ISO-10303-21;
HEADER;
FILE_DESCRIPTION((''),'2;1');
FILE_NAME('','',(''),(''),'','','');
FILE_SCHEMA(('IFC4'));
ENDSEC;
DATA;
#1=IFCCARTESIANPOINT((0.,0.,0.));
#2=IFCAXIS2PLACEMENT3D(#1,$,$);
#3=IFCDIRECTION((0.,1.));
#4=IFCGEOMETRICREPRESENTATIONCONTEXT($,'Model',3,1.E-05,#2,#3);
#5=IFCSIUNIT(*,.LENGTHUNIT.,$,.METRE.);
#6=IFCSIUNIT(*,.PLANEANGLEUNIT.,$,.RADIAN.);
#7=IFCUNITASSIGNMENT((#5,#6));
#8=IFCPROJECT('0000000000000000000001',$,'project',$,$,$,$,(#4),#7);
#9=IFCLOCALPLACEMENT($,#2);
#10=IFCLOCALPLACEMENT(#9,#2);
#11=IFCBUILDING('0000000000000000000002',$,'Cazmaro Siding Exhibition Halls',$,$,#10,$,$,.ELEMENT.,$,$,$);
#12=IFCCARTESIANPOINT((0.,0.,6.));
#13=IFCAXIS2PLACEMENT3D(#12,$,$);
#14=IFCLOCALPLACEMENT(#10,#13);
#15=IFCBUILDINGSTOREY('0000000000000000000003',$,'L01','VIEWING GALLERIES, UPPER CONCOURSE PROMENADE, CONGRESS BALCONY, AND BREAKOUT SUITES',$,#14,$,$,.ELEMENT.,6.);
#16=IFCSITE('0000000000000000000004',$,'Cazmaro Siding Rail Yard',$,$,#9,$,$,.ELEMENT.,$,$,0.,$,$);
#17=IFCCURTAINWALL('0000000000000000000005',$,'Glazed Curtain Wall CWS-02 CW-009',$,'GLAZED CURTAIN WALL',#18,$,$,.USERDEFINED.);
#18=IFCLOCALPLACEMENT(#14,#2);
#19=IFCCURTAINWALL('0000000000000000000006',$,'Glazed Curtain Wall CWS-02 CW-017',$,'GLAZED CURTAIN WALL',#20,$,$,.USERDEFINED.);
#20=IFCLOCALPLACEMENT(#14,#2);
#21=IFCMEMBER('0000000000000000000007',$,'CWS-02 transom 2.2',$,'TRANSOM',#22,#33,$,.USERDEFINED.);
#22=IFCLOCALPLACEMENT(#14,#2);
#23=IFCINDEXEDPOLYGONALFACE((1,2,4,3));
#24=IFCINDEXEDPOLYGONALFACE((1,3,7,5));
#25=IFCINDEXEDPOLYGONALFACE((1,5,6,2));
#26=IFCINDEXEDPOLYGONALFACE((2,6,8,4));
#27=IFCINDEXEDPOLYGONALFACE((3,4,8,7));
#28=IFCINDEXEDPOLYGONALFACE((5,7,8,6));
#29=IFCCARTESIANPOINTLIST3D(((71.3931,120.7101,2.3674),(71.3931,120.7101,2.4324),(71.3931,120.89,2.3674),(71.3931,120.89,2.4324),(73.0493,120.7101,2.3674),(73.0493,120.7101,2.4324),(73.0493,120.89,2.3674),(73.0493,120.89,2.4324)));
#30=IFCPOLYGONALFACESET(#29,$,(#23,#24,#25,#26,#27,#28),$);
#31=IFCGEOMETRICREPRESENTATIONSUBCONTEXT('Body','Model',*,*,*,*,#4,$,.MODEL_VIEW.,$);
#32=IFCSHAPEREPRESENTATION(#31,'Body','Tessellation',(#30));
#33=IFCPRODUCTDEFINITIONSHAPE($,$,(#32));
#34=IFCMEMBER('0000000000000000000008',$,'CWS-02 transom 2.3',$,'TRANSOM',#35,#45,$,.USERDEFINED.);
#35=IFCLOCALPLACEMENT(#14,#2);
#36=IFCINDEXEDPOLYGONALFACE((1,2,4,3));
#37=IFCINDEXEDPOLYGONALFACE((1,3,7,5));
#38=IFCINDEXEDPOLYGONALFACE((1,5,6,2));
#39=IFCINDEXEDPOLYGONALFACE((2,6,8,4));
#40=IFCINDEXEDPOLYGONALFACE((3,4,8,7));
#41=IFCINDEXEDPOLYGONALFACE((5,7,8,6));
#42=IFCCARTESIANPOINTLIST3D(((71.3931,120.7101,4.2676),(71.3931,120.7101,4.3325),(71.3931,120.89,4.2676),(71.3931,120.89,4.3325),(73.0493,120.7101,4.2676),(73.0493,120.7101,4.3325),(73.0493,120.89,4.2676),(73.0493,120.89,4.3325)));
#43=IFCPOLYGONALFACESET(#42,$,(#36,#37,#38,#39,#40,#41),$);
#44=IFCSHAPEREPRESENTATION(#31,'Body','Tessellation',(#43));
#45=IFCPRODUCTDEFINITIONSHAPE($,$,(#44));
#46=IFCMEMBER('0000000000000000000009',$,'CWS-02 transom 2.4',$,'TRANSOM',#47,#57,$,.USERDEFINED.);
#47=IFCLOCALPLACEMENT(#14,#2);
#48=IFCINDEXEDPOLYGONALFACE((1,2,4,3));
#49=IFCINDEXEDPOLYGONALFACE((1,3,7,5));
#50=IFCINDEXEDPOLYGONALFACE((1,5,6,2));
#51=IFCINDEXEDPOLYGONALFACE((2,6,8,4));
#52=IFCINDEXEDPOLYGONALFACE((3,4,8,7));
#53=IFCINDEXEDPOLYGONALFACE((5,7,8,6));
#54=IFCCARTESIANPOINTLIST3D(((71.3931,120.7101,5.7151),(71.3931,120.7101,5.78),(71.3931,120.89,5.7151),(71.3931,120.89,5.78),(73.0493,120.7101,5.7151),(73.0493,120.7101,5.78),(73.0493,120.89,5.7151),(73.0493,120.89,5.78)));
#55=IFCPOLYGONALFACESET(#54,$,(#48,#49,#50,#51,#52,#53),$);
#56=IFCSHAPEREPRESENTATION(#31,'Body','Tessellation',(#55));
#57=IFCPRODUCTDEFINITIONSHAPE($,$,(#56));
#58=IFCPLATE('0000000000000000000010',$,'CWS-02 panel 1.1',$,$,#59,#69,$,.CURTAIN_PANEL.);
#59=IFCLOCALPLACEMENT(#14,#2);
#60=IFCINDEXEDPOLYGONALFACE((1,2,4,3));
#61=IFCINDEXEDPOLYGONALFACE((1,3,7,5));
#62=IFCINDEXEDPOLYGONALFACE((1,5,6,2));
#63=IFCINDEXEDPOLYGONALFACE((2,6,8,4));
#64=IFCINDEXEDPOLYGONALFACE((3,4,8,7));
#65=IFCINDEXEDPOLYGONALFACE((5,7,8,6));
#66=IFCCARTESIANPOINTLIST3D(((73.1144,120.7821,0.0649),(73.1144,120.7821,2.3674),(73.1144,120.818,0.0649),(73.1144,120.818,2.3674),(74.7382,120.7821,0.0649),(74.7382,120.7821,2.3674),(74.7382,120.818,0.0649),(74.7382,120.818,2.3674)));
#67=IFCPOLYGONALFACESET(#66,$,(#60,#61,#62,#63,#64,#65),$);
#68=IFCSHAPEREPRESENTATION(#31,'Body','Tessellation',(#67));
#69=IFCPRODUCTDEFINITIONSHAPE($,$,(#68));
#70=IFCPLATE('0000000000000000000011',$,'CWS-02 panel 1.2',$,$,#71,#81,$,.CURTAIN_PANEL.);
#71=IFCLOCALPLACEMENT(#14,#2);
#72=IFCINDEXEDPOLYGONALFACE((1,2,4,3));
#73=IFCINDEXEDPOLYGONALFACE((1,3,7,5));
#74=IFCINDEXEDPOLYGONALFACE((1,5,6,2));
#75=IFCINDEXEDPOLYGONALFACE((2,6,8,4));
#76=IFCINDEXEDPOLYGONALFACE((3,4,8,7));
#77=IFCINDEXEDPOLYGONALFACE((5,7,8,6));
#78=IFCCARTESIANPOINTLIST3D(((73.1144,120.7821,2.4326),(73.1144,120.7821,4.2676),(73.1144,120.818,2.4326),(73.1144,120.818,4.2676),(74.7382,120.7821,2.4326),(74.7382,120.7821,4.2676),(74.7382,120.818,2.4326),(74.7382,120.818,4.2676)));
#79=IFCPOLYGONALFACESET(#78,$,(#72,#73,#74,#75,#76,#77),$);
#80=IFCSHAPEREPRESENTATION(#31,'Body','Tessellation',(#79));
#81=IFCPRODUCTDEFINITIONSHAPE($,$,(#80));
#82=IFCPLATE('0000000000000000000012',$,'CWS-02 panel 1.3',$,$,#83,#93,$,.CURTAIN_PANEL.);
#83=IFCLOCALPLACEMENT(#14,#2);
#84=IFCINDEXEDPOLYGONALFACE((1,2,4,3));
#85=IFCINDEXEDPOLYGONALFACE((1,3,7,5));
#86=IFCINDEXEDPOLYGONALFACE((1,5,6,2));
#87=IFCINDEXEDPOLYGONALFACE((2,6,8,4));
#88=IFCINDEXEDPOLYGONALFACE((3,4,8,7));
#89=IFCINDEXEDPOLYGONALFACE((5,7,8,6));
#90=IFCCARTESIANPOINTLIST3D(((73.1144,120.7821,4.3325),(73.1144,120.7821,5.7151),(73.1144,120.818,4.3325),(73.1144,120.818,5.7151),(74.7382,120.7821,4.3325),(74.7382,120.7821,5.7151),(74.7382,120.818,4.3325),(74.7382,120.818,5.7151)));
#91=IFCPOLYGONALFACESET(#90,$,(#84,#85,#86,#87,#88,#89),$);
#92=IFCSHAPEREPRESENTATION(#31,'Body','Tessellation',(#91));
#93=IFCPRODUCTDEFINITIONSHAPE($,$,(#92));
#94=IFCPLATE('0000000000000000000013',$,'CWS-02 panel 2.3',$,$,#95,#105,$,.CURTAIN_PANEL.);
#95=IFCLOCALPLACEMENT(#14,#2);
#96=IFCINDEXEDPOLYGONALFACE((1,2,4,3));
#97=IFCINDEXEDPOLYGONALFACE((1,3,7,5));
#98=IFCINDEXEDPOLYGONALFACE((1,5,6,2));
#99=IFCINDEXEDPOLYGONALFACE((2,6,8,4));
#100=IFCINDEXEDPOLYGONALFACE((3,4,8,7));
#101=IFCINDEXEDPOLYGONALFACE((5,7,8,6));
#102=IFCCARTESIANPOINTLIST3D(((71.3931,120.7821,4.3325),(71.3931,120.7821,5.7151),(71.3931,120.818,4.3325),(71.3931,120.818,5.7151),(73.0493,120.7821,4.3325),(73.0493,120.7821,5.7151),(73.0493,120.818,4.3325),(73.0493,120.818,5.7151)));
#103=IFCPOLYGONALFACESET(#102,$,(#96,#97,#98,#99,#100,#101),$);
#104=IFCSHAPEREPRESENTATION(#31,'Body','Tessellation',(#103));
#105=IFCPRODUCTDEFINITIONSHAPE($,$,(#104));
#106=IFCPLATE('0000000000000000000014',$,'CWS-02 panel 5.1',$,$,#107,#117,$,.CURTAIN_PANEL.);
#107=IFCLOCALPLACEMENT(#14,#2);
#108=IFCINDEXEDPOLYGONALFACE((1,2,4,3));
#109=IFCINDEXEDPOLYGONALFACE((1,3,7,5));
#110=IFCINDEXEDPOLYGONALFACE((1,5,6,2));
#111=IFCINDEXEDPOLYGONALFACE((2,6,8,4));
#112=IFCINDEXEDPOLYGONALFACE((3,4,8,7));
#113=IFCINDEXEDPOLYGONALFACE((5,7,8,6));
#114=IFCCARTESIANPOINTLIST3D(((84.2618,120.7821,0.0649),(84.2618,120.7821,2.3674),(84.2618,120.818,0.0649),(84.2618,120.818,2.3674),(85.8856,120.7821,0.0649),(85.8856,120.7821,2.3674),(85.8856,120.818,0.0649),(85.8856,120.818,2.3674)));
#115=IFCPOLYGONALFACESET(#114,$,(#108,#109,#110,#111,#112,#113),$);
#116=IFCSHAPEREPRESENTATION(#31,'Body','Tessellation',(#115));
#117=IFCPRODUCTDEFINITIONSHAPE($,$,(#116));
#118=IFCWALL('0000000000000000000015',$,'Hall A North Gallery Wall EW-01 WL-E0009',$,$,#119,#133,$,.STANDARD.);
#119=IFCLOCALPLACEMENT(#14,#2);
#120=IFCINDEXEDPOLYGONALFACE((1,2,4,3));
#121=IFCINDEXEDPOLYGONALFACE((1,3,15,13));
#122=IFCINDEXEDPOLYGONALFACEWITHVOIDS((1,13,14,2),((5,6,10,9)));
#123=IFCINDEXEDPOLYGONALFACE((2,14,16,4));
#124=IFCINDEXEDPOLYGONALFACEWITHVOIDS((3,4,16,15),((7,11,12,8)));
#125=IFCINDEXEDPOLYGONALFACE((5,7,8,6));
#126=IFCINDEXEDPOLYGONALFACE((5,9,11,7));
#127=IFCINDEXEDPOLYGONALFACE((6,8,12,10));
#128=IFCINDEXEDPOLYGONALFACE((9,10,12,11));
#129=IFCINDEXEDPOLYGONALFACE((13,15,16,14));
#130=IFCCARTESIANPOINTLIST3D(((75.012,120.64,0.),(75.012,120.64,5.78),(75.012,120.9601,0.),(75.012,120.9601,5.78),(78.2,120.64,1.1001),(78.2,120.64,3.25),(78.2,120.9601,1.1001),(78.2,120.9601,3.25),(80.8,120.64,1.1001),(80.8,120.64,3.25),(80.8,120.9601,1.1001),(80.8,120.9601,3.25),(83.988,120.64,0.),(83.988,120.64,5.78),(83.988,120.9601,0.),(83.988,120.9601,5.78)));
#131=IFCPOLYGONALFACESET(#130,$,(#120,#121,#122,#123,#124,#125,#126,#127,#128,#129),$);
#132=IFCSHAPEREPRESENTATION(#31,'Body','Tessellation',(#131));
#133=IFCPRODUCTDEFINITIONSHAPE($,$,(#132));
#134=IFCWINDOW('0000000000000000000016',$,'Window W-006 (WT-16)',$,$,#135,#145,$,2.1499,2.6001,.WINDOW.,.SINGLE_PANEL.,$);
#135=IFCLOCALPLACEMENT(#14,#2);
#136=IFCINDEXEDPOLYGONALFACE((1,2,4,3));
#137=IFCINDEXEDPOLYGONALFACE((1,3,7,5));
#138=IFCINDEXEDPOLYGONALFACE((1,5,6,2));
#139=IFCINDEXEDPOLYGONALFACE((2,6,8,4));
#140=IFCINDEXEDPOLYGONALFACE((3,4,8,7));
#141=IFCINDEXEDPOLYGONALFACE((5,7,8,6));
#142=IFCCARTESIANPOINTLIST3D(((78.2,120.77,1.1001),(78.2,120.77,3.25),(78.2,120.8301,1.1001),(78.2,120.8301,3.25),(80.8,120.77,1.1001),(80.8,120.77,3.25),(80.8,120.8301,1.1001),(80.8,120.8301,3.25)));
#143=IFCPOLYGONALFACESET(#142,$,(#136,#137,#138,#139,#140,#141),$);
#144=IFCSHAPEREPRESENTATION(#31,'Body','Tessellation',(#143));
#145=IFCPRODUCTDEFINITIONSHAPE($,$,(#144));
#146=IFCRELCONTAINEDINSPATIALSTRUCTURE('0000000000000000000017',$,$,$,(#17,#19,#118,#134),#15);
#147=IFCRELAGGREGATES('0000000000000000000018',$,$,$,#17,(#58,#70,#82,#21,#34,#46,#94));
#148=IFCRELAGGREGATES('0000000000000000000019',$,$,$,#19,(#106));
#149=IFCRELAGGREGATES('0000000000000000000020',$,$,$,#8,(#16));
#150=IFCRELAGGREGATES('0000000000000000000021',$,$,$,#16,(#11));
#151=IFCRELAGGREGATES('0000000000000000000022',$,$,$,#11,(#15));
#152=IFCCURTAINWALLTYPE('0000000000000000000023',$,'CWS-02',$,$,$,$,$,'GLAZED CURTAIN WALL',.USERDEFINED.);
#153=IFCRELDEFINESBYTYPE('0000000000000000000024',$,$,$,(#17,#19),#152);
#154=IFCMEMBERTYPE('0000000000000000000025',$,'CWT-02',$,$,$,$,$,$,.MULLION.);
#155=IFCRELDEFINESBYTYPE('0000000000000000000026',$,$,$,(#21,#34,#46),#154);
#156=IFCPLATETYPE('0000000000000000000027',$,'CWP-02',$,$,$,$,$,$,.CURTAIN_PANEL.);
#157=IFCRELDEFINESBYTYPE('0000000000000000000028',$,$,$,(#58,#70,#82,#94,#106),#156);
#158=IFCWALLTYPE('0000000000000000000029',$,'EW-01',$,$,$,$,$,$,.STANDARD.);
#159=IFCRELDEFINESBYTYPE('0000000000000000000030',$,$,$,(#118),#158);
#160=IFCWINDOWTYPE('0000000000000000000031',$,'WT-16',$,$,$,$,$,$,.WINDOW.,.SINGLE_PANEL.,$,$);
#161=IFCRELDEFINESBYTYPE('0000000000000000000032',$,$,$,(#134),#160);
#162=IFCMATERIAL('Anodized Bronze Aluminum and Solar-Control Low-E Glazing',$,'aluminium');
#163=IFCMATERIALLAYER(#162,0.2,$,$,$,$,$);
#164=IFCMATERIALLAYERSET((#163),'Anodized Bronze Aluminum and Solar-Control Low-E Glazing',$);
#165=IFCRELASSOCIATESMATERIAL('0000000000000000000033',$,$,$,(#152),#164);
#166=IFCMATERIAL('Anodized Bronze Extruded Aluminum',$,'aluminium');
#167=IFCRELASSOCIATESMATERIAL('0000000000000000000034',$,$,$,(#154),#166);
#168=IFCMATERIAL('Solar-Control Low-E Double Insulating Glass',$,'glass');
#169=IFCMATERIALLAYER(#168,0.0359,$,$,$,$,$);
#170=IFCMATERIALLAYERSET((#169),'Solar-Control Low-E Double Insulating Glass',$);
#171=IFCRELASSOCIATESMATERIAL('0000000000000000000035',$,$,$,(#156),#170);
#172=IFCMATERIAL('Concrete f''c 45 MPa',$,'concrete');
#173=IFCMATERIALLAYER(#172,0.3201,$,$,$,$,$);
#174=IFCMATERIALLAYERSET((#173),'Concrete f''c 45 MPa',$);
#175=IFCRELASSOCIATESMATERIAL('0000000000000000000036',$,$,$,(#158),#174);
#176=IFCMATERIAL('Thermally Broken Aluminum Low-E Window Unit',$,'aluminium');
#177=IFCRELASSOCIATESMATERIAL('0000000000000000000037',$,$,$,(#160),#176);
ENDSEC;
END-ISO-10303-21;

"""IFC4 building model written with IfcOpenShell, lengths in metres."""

from ifc_helpers import new_model, si_unit, direction, frame, frame_2d, origin, origin_2d, place, context, subcontext, project, spatial, rectangle, extrude, material, layer, layer_set, material_profile, profile_set, type_object, element, fill, aggregate, save


model = new_model("IFC4")

# Units and contexts
model_context = context("Model", 3, precision=1e-05, world=origin(), true_north=direction((0.0, 1.0)))
body_context = subcontext(model_context, "Body", "Model", "MODEL_VIEW")
ifc_project = project(units=[si_unit("LENGTHUNIT", "METRE"), si_unit("PLANEANGLEUNIT", "RADIAN")], contexts=[model_context])

# Site, building, storey
site_placement = place(None, origin())
site = spatial("IfcSite", under=ifc_project, at=site_placement, Name="Cazmaro Siding Rail Yard", CompositionType="ELEMENT", RefElevation=0.0)
building_placement = place(site_placement, origin())
building = spatial("IfcBuilding", under=site, at=building_placement, Name="Cazmaro Siding Exhibition Halls", CompositionType="ELEMENT")
storey_placement = place(building_placement, frame((0.0, 0.0, 6.0)))
storey = spatial("IfcBuildingStorey", under=building, at=storey_placement, Name="L01", Description="VIEWING GALLERIES, UPPER CONCOURSE PROMENADE, CONGRESS BALCONY, AND BREAKOUT SUITES", CompositionType="ELEMENT", Elevation=6.0)

# Curtain wall
ifc_material_1 = material(Name="Anodized Bronze Aluminum and Solar-Control Low-E Glazing", Category="aluminium")
ifc_layer_1 = layer(ifc_material_1, 0.2)
ifc_layer_set_1 = layer_set([ifc_layer_1], Name="Anodized Bronze Aluminum and Solar-Control Low-E Glazing")
curtain_wall_type = type_object("IfcCurtainWallType", Name="CWS-02", ElementType="GLAZED CURTAIN WALL", PredefinedType="USERDEFINED", material=ifc_layer_set_1)
curtain_wall_1_placement = place(storey_placement, origin())
curtain_wall_1 = element("IfcCurtainWall", 1, at=curtain_wall_1_placement, inside=storey, type_object=curtain_wall_type, Name="Glazed Curtain Wall CWS-02 CW-009", ObjectType="GLAZED CURTAIN WALL", PredefinedType="USERDEFINED")

# Curtain wall
curtain_wall_2_placement = place(storey_placement, origin())
curtain_wall_2 = element("IfcCurtainWall", 2, at=curtain_wall_2_placement, inside=storey, type_object=curtain_wall_type, Name="Glazed Curtain Wall CWS-02 CW-017", ObjectType="GLAZED CURTAIN WALL", PredefinedType="USERDEFINED")

# Members
ifc_material_2 = material(Name="Anodized Bronze Extruded Aluminum", Category="aluminium")
ifc_material_profile_1 = material_profile(ifc_material_2, rectangle(XDim=0.1799, YDim=0.0649, at=origin_2d()), Name="CWT-02")
ifc_profile_set_1 = profile_set([ifc_material_profile_1], Name="Anodized Bronze Extruded Aluminum")
member_type_1 = type_object("IfcMemberType", Name="CWT-02", PredefinedType="MULLION", material=ifc_profile_set_1)
member_1_placement = place(storey_placement, frame((73.0493, 120.8, 2.3999), z_axis=(-1.0, 0.0, 0.0), x_axis=(0.0, -1.0, 0.0)))
member_1 = element("IfcMember", 3, at=member_1_placement, type_object=member_type_1, Name="CWS-02 transom 2.2", ObjectType="TRANSOM", PredefinedType="USERDEFINED", context=body_context, shape_type="SweptSolid", body=[
    extrude(rectangle(XDim=0.1799, YDim=0.0649, at=origin_2d()), origin(), (0.0, 0.0, 1.0), 1.6562),
])
member_2_placement = place(storey_placement, frame((73.0493, 120.8, 4.3), z_axis=(-1.0, 0.0, 0.0), x_axis=(0.0, -1.0, 0.0)))
member_2 = element("IfcMember", 4, at=member_2_placement, type_object=member_type_1, Name="CWS-02 transom 2.3", ObjectType="TRANSOM", PredefinedType="USERDEFINED", context=body_context, shape_type="SweptSolid", body=[
    extrude(rectangle(XDim=0.1799, YDim=0.0649, at=origin_2d()), origin(), (0.0, 0.0, 1.0), 1.6562),
])
member_3_placement = place(storey_placement, frame((73.0493, 120.8, 5.7476), z_axis=(-1.0, 0.0, 0.0), x_axis=(0.0, -1.0, 0.0)))
member_3 = element("IfcMember", 5, at=member_3_placement, type_object=member_type_1, Name="CWS-02 transom 2.4", ObjectType="TRANSOM", PredefinedType="USERDEFINED", context=body_context, shape_type="SweptSolid", body=[
    extrude(rectangle(XDim=0.1799, YDim=0.0649, at=origin_2d()), origin(), (0.0, 0.0, 1.0), 1.6562),
])

# Plates
ifc_material_3 = material(Name="Solar-Control Low-E Double Insulating Glass", Category="glass")
ifc_layer_2 = layer(ifc_material_3, 0.0359)
ifc_layer_set_2 = layer_set([ifc_layer_2], Name="Solar-Control Low-E Double Insulating Glass")
plate_type = type_object("IfcPlateType", Name="CWP-02", PredefinedType="CURTAIN_PANEL", material=ifc_layer_set_2)
plate_1_placement = place(storey_placement, frame((73.9263, 120.8, 0.0649), z_axis=(0.0, 0.0, 1.0), x_axis=(-1.0, 0.0, 0.0)))
plate_1 = element("IfcPlate", 6, at=plate_1_placement, type_object=plate_type, Name="CWS-02 panel 1.1", PredefinedType="CURTAIN_PANEL", context=body_context, shape_type="SweptSolid", body=[
    extrude(rectangle(XDim=1.6238, YDim=0.0359, at=origin_2d()), origin(), (0.0, 0.0, 1.0), 2.3025),
])
plate_2_placement = place(storey_placement, frame((73.9263, 120.8, 2.4326), z_axis=(0.0, 0.0, 1.0), x_axis=(-1.0, 0.0, 0.0)))
plate_2 = element("IfcPlate", 7, at=plate_2_placement, type_object=plate_type, Name="CWS-02 panel 1.2", PredefinedType="CURTAIN_PANEL", context=body_context, shape_type="SweptSolid", body=[
    extrude(rectangle(XDim=1.6238, YDim=0.0359, at=origin_2d()), origin(), (0.0, 0.0, 1.0), 1.835),
])
plate_3_placement = place(storey_placement, frame((73.9263, 120.8, 4.3325), z_axis=(0.0, 0.0, 1.0), x_axis=(-1.0, 0.0, 0.0)))
plate_3 = element("IfcPlate", 8, at=plate_3_placement, type_object=plate_type, Name="CWS-02 panel 1.3", PredefinedType="CURTAIN_PANEL", context=body_context, shape_type="SweptSolid", body=[
    extrude(rectangle(XDim=1.6238, YDim=0.0359, at=origin_2d()), origin(), (0.0, 0.0, 1.0), 1.3826),
])
plate_4_placement = place(storey_placement, frame((72.2212, 120.8, 4.3325), z_axis=(0.0, 0.0, 1.0), x_axis=(-1.0, 0.0, 0.0)))
plate_4 = element("IfcPlate", 9, at=plate_4_placement, type_object=plate_type, Name="CWS-02 panel 2.3", PredefinedType="CURTAIN_PANEL", context=body_context, shape_type="SweptSolid", body=[
    extrude(rectangle(XDim=1.6562, YDim=0.0359, at=origin_2d()), origin(), (0.0, 0.0, 1.0), 1.3826),
])
aggregate(curtain_wall_1, [plate_1, plate_2, plate_3, member_1, member_2, member_3, plate_4])
plate_5_placement = place(storey_placement, frame((85.0737, 120.8, 0.0649), z_axis=(0.0, 0.0, 1.0), x_axis=(-1.0, 0.0, 0.0)))
plate_5 = element("IfcPlate", 10, at=plate_5_placement, type_object=plate_type, Name="CWS-02 panel 5.1", PredefinedType="CURTAIN_PANEL", context=body_context, shape_type="SweptSolid", body=[
    extrude(rectangle(XDim=1.6238, YDim=0.0359, at=origin_2d()), origin(), (0.0, 0.0, 1.0), 2.3025),
])
aggregate(curtain_wall_2, [plate_5])

# Wall, opening, window
ifc_material_4 = material(Name="Concrete f'c 45 MPa", Category="concrete")
ifc_layer_3 = layer(ifc_material_4, 0.3201)
ifc_layer_set_3 = layer_set([ifc_layer_3], Name="Concrete f'c 45 MPa")
wall_type = type_object("IfcWallType", Name="EW-01", PredefinedType="STANDARD", material=ifc_layer_set_3)
wall_placement = place(storey_placement, frame((75.012, 120.8, 0.0), z_axis=(0.0, 0.0, 1.0), x_axis=(1.0, 0.0, 0.0)))
wall = element("IfcWall", 11, at=wall_placement, inside=storey, type_object=wall_type, Name="Hall A North Gallery Wall EW-01 WL-E0009", PredefinedType="STANDARD", context=body_context, shape_type="SweptSolid", body=[
    extrude(rectangle(XDim=8.9761, YDim=0.3201, at=frame_2d((4.488, 0.0))), origin(), (0.0, 0.0, 1.0), 5.78),
])
opening_placement = place(wall_placement, frame((3.188, 0.0, 1.1001)))
opening = element("IfcOpeningElement", 12, at=opening_placement, cuts=wall, PredefinedType="OPENING", context=body_context, shape_type="SweptSolid", body=[
    extrude(rectangle(XDim=2.6001, YDim=2.1499, at=frame_2d((1.3, 1.075))), frame((0.0, 0.1699, 0.0), z_axis=(0.0, -1.0, 0.0), x_axis=(1.0, 0.0, 0.0)), (0.0, 0.0, 1.0), 0.3401),
])
ifc_material_5 = material(Name="Thermally Broken Aluminum Low-E Window Unit", Category="aluminium")
window_type = type_object("IfcWindowType", Name="WT-16", PartitioningType="SINGLE_PANEL", PredefinedType="WINDOW", material=ifc_material_5)
window_placement = place(opening_placement, origin())
window = element("IfcWindow", 13, at=window_placement, inside=storey, type_object=window_type, Name="Window W-006 (WT-16)", OverallHeight=2.1499, OverallWidth=2.6001, PartitioningType="SINGLE_PANEL", PredefinedType="WINDOW", context=body_context, shape_type="SweptSolid", body=[
    extrude(rectangle(XDim=2.6001, YDim=2.1499, at=frame_2d((1.3, 1.075))), frame((0.0, 0.03, 0.0), z_axis=(0.0, -1.0, 0.0), x_axis=(1.0, 0.0, 0.0)), (0.0, 0.0, 1.0), 0.0601),
])
fill(opening, window)

save(model, "model.ifc")
